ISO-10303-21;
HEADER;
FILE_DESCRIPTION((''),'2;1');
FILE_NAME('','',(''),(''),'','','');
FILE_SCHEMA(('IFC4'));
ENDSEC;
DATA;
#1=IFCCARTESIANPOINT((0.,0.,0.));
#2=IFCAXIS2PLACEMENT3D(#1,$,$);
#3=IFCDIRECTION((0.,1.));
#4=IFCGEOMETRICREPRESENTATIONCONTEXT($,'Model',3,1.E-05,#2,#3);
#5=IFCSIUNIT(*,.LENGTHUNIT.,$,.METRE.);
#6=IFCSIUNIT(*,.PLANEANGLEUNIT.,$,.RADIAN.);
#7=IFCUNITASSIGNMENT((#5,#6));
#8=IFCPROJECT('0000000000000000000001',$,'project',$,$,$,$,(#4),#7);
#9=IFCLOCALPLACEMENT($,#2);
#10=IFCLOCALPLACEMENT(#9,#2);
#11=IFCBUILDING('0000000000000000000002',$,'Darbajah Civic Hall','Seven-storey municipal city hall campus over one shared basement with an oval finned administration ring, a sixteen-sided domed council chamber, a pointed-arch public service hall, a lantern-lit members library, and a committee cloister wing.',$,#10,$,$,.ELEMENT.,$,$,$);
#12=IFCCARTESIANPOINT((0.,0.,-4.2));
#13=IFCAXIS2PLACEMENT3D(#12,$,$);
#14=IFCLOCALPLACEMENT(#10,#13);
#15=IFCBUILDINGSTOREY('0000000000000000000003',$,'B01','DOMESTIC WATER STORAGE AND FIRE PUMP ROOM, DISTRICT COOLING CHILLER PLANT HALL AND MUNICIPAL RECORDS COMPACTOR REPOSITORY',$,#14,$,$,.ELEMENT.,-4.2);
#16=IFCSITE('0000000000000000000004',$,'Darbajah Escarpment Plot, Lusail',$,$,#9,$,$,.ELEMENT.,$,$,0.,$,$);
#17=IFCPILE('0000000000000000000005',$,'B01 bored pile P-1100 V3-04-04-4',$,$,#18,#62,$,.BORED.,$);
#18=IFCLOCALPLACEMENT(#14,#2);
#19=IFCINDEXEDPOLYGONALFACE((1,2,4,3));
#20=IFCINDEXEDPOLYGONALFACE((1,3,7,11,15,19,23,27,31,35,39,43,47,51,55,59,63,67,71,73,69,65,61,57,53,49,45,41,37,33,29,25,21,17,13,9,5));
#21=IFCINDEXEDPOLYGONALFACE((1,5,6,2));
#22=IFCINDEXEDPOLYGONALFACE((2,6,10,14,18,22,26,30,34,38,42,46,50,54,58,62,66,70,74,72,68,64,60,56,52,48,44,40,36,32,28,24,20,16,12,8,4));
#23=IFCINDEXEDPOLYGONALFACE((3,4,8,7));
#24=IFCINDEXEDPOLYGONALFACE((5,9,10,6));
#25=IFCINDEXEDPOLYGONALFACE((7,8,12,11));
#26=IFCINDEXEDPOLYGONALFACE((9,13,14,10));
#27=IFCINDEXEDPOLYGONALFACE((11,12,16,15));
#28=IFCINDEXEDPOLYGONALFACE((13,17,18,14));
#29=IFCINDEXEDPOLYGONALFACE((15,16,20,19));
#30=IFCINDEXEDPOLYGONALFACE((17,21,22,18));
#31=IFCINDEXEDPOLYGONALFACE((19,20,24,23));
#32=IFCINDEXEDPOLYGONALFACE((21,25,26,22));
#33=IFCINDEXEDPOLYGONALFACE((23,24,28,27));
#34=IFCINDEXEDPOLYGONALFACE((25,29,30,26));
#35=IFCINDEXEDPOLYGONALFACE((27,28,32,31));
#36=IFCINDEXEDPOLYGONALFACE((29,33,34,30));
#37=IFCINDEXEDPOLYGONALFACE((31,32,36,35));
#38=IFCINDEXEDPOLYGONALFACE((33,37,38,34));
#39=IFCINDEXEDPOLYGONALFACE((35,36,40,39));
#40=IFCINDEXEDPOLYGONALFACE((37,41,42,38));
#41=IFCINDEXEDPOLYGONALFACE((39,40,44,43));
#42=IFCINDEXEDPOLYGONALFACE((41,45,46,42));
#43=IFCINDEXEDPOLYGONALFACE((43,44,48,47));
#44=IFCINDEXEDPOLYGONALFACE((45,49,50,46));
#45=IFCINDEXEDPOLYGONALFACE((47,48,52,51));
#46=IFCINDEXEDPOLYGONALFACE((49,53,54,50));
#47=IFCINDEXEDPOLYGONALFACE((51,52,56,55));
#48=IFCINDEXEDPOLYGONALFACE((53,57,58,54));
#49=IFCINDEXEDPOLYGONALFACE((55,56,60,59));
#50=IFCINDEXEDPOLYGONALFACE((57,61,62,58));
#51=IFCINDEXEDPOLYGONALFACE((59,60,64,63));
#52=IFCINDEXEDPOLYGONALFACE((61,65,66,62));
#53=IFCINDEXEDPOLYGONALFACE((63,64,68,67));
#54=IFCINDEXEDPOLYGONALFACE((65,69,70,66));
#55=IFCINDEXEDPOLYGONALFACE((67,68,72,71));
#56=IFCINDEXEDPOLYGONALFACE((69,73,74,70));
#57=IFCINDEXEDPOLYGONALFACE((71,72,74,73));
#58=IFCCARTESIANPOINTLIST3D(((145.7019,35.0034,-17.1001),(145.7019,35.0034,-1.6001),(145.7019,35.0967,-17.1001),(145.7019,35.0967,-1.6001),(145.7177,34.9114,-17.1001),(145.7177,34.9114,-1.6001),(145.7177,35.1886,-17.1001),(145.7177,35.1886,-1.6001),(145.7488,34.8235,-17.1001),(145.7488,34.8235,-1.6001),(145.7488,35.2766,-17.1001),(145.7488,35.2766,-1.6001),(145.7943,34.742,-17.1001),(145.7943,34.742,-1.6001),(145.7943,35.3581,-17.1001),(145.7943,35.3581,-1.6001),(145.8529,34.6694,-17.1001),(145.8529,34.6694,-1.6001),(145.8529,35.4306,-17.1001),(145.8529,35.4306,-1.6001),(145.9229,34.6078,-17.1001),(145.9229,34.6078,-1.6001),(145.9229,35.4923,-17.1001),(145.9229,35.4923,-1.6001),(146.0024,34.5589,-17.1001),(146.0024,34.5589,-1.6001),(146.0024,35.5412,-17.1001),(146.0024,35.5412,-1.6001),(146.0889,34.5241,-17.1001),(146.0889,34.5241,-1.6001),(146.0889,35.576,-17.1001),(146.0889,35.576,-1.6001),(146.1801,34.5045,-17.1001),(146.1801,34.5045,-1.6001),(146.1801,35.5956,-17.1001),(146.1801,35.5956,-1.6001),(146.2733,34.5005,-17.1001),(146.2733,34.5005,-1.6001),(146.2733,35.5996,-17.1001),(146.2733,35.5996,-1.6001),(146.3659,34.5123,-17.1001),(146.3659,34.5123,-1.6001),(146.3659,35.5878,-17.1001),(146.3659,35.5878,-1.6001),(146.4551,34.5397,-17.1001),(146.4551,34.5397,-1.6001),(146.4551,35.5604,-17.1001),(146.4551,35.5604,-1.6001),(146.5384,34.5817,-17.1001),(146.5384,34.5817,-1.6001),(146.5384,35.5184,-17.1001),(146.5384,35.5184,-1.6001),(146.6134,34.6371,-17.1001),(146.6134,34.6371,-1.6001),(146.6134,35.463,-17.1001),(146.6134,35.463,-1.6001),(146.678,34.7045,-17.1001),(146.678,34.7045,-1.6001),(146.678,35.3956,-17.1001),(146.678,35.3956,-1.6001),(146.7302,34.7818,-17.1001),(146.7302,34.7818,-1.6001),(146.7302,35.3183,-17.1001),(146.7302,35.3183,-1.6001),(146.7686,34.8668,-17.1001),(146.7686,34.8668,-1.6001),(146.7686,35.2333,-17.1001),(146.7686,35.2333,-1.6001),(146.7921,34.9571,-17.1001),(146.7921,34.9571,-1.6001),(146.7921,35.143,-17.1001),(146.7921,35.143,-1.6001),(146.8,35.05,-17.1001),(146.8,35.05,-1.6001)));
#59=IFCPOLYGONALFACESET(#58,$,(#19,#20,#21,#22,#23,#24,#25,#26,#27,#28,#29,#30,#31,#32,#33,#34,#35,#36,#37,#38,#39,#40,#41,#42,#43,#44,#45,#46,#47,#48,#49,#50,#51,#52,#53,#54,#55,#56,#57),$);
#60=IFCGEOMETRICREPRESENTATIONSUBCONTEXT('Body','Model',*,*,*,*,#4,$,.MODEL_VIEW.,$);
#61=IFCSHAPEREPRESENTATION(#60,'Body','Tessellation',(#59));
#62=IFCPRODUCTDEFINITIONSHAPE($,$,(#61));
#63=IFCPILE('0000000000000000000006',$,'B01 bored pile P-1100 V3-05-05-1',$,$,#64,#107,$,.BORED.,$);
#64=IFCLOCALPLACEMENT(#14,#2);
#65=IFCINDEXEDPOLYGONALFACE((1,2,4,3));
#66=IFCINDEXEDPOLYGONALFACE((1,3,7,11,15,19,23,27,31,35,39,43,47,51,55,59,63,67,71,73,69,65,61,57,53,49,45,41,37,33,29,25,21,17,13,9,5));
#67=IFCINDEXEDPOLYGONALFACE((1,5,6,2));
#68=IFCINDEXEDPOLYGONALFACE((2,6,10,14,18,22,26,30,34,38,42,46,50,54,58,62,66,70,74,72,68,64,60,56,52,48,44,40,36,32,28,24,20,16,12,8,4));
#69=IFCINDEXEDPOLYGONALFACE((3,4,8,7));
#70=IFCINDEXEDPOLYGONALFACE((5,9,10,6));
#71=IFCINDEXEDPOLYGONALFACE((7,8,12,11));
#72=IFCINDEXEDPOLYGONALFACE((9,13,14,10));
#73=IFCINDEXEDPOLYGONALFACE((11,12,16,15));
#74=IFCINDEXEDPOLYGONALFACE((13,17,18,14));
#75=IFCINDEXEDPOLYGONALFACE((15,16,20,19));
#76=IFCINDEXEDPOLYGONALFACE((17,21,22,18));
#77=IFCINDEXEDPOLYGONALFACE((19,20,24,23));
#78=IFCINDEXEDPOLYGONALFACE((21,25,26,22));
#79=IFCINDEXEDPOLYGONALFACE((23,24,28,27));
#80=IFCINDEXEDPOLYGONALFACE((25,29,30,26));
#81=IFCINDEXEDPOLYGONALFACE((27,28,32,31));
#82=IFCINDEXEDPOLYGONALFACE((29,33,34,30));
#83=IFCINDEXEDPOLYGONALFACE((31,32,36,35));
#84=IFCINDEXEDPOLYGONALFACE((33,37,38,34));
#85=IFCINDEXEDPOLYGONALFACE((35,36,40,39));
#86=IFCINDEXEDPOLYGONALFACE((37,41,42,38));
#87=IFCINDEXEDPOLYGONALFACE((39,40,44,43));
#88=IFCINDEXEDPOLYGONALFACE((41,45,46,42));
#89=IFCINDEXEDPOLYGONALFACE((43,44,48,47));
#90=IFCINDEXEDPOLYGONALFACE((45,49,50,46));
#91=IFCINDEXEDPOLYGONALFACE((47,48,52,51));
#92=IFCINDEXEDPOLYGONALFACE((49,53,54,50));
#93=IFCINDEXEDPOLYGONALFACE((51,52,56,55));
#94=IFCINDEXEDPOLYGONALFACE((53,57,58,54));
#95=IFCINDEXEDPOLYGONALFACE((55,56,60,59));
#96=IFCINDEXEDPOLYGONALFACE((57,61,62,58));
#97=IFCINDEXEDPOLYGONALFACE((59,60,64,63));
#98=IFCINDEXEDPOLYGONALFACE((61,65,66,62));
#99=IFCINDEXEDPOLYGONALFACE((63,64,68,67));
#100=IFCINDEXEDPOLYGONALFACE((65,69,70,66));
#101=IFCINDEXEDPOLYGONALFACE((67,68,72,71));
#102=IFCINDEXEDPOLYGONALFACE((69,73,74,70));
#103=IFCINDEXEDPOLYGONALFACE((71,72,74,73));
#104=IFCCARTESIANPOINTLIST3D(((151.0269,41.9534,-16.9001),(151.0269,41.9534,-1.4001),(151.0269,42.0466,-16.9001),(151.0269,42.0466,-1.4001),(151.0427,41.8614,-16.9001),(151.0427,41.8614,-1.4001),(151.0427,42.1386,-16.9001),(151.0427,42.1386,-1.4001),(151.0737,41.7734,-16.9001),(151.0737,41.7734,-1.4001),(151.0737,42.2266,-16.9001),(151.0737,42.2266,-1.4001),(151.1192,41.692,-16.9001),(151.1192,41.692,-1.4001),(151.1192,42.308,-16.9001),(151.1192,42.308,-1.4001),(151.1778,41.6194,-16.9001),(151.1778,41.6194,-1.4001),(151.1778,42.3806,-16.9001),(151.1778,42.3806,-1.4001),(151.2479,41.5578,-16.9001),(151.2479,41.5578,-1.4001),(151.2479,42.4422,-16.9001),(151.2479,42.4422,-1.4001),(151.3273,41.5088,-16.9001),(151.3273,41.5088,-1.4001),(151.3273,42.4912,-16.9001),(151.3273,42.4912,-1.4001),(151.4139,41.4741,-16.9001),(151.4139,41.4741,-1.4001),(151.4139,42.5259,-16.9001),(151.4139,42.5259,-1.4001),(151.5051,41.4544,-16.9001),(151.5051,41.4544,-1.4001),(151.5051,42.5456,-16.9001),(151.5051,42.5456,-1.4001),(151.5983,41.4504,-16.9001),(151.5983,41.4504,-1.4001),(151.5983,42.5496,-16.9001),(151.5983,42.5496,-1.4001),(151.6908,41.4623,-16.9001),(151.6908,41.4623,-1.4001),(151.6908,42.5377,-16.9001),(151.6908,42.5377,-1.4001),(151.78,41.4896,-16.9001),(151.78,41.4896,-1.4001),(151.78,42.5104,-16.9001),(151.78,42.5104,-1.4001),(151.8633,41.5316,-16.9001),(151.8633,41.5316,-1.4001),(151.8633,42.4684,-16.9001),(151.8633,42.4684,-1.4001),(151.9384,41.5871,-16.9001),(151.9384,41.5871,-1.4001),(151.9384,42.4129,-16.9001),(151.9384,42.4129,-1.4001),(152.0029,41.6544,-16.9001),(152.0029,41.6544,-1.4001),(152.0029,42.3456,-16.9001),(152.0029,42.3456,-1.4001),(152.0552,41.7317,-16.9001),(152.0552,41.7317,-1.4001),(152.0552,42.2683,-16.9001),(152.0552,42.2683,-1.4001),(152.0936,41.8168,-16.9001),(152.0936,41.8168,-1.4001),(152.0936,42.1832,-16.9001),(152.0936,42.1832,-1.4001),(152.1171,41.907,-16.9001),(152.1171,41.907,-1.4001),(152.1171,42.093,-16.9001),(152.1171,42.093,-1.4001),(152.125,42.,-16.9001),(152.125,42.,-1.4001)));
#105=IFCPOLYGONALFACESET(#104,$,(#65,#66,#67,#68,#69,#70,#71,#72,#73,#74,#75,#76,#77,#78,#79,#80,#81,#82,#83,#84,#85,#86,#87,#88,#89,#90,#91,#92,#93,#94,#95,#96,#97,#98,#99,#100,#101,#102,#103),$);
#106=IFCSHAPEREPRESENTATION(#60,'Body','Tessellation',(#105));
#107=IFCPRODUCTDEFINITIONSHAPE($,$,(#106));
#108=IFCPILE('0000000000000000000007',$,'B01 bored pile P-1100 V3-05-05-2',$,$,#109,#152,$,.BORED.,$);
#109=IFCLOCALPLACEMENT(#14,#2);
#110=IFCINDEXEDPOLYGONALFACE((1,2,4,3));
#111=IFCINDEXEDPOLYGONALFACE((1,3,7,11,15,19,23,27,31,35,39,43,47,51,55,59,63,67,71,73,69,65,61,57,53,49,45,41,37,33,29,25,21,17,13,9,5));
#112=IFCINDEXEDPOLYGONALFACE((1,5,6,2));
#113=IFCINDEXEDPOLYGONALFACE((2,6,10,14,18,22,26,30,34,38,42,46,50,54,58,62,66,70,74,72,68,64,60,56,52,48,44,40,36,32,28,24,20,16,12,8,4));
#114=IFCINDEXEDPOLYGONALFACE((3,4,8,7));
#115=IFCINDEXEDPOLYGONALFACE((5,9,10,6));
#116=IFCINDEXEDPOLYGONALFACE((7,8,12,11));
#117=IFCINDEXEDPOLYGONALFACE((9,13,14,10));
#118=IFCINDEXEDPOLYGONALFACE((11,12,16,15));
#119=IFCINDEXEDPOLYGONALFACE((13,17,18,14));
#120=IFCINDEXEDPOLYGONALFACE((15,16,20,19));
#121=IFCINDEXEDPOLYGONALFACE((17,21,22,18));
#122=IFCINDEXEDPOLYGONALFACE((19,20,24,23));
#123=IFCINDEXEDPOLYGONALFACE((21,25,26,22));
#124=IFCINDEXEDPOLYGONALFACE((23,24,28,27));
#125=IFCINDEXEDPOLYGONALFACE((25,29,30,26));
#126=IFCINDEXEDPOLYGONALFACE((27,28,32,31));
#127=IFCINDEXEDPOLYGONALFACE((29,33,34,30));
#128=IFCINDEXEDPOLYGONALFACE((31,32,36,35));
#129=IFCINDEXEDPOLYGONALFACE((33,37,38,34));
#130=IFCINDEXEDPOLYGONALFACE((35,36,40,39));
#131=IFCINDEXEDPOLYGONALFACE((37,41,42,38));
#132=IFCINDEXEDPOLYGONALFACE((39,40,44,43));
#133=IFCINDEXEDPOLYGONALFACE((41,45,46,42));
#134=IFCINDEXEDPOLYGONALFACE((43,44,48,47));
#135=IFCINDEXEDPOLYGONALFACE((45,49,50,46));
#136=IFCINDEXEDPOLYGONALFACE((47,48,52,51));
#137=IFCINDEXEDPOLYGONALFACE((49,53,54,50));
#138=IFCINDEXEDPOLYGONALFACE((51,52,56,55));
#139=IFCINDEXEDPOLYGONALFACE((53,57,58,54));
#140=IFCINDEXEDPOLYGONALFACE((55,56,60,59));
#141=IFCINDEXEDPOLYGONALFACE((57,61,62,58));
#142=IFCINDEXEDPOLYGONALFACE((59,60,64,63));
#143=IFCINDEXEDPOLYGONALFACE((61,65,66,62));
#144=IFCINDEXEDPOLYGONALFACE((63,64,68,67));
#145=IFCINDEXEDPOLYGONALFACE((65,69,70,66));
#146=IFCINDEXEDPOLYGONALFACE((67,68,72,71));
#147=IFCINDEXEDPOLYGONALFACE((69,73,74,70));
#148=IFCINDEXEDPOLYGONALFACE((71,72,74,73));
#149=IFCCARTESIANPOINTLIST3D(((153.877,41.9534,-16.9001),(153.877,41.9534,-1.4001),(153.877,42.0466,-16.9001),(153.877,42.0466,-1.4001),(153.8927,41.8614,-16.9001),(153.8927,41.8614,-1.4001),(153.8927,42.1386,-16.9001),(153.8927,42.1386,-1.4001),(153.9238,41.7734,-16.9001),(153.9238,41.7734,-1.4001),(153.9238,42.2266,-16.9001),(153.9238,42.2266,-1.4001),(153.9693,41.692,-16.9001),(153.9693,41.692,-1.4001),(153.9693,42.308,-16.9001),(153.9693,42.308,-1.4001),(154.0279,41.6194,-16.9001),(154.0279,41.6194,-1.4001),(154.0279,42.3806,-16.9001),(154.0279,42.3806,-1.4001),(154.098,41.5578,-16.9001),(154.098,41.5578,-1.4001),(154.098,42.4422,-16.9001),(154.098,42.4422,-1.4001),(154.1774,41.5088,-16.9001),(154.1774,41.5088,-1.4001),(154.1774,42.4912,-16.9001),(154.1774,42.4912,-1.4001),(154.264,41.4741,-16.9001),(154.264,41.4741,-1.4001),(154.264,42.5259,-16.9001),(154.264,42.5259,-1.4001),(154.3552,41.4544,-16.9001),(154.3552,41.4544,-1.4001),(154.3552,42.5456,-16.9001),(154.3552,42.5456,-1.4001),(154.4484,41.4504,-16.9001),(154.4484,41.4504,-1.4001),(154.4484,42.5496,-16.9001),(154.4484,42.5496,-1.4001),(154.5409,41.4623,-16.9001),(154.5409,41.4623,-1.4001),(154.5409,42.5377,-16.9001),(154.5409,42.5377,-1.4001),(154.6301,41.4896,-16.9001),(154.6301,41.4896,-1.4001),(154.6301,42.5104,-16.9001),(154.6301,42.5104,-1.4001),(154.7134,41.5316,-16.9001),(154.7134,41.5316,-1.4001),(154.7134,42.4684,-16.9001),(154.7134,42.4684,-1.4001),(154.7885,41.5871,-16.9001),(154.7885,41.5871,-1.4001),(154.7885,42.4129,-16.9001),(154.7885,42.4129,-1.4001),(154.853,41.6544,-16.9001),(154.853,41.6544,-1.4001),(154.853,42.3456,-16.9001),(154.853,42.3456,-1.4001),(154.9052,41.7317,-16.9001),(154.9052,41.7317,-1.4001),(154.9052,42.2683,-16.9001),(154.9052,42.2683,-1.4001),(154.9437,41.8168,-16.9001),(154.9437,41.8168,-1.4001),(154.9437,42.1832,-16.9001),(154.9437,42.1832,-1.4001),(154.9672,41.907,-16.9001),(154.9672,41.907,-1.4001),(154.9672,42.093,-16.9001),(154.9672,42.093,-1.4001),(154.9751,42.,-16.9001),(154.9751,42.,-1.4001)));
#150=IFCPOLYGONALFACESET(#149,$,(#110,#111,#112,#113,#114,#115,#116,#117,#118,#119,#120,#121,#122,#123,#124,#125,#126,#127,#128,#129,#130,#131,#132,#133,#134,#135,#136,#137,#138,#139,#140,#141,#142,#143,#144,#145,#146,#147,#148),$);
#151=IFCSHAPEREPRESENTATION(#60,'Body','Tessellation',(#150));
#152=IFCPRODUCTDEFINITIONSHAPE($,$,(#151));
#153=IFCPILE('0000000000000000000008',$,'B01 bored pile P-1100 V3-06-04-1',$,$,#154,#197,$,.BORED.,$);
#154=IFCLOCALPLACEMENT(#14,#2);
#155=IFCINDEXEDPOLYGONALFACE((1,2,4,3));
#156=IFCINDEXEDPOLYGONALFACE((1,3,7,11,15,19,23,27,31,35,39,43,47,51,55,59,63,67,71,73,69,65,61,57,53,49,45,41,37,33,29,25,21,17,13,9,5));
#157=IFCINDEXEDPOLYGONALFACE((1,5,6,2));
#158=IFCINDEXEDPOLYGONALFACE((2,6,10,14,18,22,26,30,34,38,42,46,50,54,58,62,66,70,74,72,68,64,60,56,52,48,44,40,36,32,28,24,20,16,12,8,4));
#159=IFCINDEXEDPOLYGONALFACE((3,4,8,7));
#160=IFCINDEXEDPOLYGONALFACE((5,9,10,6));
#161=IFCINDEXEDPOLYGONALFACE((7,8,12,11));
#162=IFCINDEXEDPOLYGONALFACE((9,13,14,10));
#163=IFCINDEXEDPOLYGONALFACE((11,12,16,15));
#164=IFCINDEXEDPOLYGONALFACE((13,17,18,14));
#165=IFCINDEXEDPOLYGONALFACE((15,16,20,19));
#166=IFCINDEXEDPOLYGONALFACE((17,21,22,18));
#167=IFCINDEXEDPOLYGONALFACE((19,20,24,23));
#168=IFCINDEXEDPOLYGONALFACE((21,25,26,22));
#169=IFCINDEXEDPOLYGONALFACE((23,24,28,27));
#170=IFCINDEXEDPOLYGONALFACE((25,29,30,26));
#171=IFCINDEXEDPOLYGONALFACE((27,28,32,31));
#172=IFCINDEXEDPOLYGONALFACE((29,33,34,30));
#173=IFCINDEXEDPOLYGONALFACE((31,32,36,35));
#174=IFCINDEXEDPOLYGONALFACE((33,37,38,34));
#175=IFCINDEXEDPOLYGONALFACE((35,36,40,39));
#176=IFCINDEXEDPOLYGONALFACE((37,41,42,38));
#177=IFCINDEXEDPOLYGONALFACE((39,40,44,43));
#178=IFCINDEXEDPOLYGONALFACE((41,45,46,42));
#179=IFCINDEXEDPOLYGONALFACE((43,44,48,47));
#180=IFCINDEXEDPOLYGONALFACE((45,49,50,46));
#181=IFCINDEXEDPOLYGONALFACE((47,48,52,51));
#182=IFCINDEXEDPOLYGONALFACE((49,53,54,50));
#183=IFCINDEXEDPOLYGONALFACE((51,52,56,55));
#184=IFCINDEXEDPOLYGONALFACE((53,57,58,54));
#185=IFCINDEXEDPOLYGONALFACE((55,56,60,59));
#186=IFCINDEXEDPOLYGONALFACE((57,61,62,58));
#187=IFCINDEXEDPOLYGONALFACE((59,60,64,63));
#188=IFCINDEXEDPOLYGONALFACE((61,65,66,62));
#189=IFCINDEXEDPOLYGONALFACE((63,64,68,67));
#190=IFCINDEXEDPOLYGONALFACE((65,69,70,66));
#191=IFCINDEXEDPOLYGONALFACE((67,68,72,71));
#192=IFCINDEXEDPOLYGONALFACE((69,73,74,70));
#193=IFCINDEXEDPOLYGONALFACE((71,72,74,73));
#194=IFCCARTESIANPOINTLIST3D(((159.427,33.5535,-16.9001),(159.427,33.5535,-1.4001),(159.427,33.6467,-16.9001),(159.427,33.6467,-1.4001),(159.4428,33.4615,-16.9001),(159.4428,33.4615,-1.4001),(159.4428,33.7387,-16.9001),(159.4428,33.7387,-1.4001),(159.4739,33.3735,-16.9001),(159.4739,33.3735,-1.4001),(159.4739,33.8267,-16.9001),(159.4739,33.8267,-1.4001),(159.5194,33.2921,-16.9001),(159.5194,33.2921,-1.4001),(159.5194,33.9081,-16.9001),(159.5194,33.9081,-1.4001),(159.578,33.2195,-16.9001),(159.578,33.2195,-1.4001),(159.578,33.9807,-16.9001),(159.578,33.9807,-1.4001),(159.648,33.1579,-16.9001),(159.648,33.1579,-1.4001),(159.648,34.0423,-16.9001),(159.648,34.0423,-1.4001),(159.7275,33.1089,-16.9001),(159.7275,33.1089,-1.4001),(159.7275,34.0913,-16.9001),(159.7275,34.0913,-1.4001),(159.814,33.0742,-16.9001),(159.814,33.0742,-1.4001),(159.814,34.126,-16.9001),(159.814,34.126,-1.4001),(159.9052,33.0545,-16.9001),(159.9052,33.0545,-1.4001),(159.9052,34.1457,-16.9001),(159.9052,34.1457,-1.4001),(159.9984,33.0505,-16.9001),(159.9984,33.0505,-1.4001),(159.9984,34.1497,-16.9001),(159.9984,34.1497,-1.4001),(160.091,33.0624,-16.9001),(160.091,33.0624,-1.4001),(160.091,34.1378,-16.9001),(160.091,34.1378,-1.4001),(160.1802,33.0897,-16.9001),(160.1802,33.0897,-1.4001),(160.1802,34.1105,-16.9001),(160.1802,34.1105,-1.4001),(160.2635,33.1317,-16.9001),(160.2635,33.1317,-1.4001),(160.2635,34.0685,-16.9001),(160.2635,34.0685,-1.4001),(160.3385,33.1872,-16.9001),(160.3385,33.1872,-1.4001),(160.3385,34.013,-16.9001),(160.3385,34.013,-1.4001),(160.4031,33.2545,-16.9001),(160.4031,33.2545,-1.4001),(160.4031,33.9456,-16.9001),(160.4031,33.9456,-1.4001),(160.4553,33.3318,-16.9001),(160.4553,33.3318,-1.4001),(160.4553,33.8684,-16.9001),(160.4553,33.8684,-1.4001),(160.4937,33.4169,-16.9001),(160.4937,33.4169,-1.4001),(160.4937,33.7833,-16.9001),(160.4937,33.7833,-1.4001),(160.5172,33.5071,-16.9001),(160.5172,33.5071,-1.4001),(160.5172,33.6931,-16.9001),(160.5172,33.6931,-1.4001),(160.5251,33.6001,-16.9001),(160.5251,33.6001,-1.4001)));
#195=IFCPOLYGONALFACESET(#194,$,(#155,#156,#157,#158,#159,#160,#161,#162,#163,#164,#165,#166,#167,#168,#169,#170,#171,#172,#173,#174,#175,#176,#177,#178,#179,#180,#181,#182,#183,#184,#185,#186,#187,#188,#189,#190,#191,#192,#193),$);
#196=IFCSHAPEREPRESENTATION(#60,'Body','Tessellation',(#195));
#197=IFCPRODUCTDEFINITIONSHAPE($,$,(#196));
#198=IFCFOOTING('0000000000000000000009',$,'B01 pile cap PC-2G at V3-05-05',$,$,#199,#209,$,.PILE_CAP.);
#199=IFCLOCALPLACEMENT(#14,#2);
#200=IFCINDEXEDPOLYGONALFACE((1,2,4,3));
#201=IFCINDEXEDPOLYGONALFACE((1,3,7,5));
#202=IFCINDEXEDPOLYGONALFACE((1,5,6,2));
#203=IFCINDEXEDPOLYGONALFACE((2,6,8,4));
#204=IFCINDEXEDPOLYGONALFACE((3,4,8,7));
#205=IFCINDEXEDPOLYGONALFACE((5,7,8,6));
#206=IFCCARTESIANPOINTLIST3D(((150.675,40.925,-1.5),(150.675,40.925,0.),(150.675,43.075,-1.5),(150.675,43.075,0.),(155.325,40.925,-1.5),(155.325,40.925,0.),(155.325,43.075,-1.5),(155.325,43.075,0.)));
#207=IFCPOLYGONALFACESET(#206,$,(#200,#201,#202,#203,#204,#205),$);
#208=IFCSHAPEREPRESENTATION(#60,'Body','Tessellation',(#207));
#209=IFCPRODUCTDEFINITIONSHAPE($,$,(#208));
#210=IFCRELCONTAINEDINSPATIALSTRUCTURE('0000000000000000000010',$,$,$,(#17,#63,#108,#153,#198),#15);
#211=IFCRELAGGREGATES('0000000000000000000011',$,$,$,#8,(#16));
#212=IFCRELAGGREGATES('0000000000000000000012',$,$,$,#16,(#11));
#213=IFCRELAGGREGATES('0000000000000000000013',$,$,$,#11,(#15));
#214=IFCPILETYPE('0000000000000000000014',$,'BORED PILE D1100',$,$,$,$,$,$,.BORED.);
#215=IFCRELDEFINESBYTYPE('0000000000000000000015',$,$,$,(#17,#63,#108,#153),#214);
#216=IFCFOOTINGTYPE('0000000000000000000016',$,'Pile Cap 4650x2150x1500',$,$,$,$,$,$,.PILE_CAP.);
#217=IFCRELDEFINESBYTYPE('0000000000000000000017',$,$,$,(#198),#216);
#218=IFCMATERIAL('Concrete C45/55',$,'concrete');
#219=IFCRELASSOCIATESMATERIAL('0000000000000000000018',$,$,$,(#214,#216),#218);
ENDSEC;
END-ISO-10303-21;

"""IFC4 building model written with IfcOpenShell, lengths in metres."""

from ifc_helpers import new_model, si_unit, direction, frame, origin, origin_2d, place, context, subcontext, project, spatial, rectangle, circle, extrude, material, material_profile, profile_set, type_object, element, save


model = new_model("IFC4")

# Units and contexts
model_context = context("Model", 3, precision=1e-05, world=origin(), true_north=direction((0.0, 1.0)))
body_context = subcontext(model_context, "Body", "Model", "MODEL_VIEW")
ifc_project = project(units=[si_unit("LENGTHUNIT", "METRE"), si_unit("PLANEANGLEUNIT", "RADIAN")], contexts=[model_context])

# Site, building, storey
site_placement = place(None, origin())
site = spatial("IfcSite", under=ifc_project, at=site_placement, Name="Darbajah Escarpment Plot, Lusail", CompositionType="ELEMENT", RefElevation=0.0)
building_placement = place(site_placement, origin())
building = spatial("IfcBuilding", under=site, at=building_placement, Name="Darbajah Civic Hall", Description="Seven-storey municipal city hall campus over one shared basement with an oval finned administration ring, a sixteen-sided domed council chamber, a pointed-arch public service hall, a lantern-lit members library, and a committee cloister wing.", CompositionType="ELEMENT")
storey_placement = place(building_placement, frame((0.0, 0.0, -4.2)))
storey = spatial("IfcBuildingStorey", under=building, at=storey_placement, Name="B01", Description="DOMESTIC WATER STORAGE AND FIRE PUMP ROOM, DISTRICT COOLING CHILLER PLANT HALL AND MUNICIPAL RECORDS COMPACTOR REPOSITORY", CompositionType="ELEMENT", Elevation=-4.2)

# Piles
ifc_material_1 = material(Name="Concrete C45/55", Category="concrete")
ifc_material_profile_1 = material_profile(ifc_material_1, circle(Radius=0.55, at=origin_2d()), Name="BORED PILE D1100")
ifc_profile_set_1 = profile_set([ifc_material_profile_1], Name="Concrete C45/55")
pile_type_1 = type_object("IfcPileType", Name="BORED PILE D1100", PredefinedType="BORED", material=ifc_profile_set_1)
for number, where, z_axis, x_axis, name in (
    (1, (146.25, 35.05, -1.6001), (0.0, 0.0, -1.0), (1.0, 0.0, 0.0), "B01 bored pile P-1100 V3-04-04-4"),
    (2, (151.575, 42.0, -1.4001), (0.0, 0.0, -1.0), (1.0, 0.0, 0.0), "B01 bored pile P-1100 V3-05-05-1"),
    (3, (154.425, 42.0, -1.4001), (0.0, 0.0, -1.0), (1.0, 0.0, 0.0), "B01 bored pile P-1100 V3-05-05-2"),
    (4, (159.9751, 33.6001, -1.4001), (0.0, 0.0, -1.0), (1.0, 0.0, 0.0), "B01 bored pile P-1100 V3-06-04-1"),
):
    element("IfcPile", number, at=place(storey_placement, frame(where, z_axis=z_axis, x_axis=x_axis)), inside=storey, type_object=pile_type_1, Name=name, PredefinedType="BORED", context=body_context, shape_type="SweptSolid", body=[
        extrude(circle(Radius=0.55, at=origin_2d()), origin(), (0.0, 0.0, 1.0), 15.5),
    ])

# Footing
footing_type_1 = type_object("IfcFootingType", Name="Pile Cap 4650x2150x1500", PredefinedType="PILE_CAP", material=ifc_material_1)
for number, where, z_axis, x_axis, name in (
    (5, (153.0, 42.0, -1.5), (0.0, 0.0, 1.0), (1.0, 0.0, 0.0), "B01 pile cap PC-2G at V3-05-05"),
):
    element("IfcFooting", number, at=place(storey_placement, frame(where, z_axis=z_axis, x_axis=x_axis)), inside=storey, type_object=footing_type_1, Name=name, PredefinedType="PILE_CAP", context=body_context, shape_type="SweptSolid", body=[
        extrude(rectangle(XDim=4.6499, YDim=2.1499, at=origin_2d()), origin(), (0.0, 0.0, 1.0), 1.5),
    ])

save(model, "model.ifc")
